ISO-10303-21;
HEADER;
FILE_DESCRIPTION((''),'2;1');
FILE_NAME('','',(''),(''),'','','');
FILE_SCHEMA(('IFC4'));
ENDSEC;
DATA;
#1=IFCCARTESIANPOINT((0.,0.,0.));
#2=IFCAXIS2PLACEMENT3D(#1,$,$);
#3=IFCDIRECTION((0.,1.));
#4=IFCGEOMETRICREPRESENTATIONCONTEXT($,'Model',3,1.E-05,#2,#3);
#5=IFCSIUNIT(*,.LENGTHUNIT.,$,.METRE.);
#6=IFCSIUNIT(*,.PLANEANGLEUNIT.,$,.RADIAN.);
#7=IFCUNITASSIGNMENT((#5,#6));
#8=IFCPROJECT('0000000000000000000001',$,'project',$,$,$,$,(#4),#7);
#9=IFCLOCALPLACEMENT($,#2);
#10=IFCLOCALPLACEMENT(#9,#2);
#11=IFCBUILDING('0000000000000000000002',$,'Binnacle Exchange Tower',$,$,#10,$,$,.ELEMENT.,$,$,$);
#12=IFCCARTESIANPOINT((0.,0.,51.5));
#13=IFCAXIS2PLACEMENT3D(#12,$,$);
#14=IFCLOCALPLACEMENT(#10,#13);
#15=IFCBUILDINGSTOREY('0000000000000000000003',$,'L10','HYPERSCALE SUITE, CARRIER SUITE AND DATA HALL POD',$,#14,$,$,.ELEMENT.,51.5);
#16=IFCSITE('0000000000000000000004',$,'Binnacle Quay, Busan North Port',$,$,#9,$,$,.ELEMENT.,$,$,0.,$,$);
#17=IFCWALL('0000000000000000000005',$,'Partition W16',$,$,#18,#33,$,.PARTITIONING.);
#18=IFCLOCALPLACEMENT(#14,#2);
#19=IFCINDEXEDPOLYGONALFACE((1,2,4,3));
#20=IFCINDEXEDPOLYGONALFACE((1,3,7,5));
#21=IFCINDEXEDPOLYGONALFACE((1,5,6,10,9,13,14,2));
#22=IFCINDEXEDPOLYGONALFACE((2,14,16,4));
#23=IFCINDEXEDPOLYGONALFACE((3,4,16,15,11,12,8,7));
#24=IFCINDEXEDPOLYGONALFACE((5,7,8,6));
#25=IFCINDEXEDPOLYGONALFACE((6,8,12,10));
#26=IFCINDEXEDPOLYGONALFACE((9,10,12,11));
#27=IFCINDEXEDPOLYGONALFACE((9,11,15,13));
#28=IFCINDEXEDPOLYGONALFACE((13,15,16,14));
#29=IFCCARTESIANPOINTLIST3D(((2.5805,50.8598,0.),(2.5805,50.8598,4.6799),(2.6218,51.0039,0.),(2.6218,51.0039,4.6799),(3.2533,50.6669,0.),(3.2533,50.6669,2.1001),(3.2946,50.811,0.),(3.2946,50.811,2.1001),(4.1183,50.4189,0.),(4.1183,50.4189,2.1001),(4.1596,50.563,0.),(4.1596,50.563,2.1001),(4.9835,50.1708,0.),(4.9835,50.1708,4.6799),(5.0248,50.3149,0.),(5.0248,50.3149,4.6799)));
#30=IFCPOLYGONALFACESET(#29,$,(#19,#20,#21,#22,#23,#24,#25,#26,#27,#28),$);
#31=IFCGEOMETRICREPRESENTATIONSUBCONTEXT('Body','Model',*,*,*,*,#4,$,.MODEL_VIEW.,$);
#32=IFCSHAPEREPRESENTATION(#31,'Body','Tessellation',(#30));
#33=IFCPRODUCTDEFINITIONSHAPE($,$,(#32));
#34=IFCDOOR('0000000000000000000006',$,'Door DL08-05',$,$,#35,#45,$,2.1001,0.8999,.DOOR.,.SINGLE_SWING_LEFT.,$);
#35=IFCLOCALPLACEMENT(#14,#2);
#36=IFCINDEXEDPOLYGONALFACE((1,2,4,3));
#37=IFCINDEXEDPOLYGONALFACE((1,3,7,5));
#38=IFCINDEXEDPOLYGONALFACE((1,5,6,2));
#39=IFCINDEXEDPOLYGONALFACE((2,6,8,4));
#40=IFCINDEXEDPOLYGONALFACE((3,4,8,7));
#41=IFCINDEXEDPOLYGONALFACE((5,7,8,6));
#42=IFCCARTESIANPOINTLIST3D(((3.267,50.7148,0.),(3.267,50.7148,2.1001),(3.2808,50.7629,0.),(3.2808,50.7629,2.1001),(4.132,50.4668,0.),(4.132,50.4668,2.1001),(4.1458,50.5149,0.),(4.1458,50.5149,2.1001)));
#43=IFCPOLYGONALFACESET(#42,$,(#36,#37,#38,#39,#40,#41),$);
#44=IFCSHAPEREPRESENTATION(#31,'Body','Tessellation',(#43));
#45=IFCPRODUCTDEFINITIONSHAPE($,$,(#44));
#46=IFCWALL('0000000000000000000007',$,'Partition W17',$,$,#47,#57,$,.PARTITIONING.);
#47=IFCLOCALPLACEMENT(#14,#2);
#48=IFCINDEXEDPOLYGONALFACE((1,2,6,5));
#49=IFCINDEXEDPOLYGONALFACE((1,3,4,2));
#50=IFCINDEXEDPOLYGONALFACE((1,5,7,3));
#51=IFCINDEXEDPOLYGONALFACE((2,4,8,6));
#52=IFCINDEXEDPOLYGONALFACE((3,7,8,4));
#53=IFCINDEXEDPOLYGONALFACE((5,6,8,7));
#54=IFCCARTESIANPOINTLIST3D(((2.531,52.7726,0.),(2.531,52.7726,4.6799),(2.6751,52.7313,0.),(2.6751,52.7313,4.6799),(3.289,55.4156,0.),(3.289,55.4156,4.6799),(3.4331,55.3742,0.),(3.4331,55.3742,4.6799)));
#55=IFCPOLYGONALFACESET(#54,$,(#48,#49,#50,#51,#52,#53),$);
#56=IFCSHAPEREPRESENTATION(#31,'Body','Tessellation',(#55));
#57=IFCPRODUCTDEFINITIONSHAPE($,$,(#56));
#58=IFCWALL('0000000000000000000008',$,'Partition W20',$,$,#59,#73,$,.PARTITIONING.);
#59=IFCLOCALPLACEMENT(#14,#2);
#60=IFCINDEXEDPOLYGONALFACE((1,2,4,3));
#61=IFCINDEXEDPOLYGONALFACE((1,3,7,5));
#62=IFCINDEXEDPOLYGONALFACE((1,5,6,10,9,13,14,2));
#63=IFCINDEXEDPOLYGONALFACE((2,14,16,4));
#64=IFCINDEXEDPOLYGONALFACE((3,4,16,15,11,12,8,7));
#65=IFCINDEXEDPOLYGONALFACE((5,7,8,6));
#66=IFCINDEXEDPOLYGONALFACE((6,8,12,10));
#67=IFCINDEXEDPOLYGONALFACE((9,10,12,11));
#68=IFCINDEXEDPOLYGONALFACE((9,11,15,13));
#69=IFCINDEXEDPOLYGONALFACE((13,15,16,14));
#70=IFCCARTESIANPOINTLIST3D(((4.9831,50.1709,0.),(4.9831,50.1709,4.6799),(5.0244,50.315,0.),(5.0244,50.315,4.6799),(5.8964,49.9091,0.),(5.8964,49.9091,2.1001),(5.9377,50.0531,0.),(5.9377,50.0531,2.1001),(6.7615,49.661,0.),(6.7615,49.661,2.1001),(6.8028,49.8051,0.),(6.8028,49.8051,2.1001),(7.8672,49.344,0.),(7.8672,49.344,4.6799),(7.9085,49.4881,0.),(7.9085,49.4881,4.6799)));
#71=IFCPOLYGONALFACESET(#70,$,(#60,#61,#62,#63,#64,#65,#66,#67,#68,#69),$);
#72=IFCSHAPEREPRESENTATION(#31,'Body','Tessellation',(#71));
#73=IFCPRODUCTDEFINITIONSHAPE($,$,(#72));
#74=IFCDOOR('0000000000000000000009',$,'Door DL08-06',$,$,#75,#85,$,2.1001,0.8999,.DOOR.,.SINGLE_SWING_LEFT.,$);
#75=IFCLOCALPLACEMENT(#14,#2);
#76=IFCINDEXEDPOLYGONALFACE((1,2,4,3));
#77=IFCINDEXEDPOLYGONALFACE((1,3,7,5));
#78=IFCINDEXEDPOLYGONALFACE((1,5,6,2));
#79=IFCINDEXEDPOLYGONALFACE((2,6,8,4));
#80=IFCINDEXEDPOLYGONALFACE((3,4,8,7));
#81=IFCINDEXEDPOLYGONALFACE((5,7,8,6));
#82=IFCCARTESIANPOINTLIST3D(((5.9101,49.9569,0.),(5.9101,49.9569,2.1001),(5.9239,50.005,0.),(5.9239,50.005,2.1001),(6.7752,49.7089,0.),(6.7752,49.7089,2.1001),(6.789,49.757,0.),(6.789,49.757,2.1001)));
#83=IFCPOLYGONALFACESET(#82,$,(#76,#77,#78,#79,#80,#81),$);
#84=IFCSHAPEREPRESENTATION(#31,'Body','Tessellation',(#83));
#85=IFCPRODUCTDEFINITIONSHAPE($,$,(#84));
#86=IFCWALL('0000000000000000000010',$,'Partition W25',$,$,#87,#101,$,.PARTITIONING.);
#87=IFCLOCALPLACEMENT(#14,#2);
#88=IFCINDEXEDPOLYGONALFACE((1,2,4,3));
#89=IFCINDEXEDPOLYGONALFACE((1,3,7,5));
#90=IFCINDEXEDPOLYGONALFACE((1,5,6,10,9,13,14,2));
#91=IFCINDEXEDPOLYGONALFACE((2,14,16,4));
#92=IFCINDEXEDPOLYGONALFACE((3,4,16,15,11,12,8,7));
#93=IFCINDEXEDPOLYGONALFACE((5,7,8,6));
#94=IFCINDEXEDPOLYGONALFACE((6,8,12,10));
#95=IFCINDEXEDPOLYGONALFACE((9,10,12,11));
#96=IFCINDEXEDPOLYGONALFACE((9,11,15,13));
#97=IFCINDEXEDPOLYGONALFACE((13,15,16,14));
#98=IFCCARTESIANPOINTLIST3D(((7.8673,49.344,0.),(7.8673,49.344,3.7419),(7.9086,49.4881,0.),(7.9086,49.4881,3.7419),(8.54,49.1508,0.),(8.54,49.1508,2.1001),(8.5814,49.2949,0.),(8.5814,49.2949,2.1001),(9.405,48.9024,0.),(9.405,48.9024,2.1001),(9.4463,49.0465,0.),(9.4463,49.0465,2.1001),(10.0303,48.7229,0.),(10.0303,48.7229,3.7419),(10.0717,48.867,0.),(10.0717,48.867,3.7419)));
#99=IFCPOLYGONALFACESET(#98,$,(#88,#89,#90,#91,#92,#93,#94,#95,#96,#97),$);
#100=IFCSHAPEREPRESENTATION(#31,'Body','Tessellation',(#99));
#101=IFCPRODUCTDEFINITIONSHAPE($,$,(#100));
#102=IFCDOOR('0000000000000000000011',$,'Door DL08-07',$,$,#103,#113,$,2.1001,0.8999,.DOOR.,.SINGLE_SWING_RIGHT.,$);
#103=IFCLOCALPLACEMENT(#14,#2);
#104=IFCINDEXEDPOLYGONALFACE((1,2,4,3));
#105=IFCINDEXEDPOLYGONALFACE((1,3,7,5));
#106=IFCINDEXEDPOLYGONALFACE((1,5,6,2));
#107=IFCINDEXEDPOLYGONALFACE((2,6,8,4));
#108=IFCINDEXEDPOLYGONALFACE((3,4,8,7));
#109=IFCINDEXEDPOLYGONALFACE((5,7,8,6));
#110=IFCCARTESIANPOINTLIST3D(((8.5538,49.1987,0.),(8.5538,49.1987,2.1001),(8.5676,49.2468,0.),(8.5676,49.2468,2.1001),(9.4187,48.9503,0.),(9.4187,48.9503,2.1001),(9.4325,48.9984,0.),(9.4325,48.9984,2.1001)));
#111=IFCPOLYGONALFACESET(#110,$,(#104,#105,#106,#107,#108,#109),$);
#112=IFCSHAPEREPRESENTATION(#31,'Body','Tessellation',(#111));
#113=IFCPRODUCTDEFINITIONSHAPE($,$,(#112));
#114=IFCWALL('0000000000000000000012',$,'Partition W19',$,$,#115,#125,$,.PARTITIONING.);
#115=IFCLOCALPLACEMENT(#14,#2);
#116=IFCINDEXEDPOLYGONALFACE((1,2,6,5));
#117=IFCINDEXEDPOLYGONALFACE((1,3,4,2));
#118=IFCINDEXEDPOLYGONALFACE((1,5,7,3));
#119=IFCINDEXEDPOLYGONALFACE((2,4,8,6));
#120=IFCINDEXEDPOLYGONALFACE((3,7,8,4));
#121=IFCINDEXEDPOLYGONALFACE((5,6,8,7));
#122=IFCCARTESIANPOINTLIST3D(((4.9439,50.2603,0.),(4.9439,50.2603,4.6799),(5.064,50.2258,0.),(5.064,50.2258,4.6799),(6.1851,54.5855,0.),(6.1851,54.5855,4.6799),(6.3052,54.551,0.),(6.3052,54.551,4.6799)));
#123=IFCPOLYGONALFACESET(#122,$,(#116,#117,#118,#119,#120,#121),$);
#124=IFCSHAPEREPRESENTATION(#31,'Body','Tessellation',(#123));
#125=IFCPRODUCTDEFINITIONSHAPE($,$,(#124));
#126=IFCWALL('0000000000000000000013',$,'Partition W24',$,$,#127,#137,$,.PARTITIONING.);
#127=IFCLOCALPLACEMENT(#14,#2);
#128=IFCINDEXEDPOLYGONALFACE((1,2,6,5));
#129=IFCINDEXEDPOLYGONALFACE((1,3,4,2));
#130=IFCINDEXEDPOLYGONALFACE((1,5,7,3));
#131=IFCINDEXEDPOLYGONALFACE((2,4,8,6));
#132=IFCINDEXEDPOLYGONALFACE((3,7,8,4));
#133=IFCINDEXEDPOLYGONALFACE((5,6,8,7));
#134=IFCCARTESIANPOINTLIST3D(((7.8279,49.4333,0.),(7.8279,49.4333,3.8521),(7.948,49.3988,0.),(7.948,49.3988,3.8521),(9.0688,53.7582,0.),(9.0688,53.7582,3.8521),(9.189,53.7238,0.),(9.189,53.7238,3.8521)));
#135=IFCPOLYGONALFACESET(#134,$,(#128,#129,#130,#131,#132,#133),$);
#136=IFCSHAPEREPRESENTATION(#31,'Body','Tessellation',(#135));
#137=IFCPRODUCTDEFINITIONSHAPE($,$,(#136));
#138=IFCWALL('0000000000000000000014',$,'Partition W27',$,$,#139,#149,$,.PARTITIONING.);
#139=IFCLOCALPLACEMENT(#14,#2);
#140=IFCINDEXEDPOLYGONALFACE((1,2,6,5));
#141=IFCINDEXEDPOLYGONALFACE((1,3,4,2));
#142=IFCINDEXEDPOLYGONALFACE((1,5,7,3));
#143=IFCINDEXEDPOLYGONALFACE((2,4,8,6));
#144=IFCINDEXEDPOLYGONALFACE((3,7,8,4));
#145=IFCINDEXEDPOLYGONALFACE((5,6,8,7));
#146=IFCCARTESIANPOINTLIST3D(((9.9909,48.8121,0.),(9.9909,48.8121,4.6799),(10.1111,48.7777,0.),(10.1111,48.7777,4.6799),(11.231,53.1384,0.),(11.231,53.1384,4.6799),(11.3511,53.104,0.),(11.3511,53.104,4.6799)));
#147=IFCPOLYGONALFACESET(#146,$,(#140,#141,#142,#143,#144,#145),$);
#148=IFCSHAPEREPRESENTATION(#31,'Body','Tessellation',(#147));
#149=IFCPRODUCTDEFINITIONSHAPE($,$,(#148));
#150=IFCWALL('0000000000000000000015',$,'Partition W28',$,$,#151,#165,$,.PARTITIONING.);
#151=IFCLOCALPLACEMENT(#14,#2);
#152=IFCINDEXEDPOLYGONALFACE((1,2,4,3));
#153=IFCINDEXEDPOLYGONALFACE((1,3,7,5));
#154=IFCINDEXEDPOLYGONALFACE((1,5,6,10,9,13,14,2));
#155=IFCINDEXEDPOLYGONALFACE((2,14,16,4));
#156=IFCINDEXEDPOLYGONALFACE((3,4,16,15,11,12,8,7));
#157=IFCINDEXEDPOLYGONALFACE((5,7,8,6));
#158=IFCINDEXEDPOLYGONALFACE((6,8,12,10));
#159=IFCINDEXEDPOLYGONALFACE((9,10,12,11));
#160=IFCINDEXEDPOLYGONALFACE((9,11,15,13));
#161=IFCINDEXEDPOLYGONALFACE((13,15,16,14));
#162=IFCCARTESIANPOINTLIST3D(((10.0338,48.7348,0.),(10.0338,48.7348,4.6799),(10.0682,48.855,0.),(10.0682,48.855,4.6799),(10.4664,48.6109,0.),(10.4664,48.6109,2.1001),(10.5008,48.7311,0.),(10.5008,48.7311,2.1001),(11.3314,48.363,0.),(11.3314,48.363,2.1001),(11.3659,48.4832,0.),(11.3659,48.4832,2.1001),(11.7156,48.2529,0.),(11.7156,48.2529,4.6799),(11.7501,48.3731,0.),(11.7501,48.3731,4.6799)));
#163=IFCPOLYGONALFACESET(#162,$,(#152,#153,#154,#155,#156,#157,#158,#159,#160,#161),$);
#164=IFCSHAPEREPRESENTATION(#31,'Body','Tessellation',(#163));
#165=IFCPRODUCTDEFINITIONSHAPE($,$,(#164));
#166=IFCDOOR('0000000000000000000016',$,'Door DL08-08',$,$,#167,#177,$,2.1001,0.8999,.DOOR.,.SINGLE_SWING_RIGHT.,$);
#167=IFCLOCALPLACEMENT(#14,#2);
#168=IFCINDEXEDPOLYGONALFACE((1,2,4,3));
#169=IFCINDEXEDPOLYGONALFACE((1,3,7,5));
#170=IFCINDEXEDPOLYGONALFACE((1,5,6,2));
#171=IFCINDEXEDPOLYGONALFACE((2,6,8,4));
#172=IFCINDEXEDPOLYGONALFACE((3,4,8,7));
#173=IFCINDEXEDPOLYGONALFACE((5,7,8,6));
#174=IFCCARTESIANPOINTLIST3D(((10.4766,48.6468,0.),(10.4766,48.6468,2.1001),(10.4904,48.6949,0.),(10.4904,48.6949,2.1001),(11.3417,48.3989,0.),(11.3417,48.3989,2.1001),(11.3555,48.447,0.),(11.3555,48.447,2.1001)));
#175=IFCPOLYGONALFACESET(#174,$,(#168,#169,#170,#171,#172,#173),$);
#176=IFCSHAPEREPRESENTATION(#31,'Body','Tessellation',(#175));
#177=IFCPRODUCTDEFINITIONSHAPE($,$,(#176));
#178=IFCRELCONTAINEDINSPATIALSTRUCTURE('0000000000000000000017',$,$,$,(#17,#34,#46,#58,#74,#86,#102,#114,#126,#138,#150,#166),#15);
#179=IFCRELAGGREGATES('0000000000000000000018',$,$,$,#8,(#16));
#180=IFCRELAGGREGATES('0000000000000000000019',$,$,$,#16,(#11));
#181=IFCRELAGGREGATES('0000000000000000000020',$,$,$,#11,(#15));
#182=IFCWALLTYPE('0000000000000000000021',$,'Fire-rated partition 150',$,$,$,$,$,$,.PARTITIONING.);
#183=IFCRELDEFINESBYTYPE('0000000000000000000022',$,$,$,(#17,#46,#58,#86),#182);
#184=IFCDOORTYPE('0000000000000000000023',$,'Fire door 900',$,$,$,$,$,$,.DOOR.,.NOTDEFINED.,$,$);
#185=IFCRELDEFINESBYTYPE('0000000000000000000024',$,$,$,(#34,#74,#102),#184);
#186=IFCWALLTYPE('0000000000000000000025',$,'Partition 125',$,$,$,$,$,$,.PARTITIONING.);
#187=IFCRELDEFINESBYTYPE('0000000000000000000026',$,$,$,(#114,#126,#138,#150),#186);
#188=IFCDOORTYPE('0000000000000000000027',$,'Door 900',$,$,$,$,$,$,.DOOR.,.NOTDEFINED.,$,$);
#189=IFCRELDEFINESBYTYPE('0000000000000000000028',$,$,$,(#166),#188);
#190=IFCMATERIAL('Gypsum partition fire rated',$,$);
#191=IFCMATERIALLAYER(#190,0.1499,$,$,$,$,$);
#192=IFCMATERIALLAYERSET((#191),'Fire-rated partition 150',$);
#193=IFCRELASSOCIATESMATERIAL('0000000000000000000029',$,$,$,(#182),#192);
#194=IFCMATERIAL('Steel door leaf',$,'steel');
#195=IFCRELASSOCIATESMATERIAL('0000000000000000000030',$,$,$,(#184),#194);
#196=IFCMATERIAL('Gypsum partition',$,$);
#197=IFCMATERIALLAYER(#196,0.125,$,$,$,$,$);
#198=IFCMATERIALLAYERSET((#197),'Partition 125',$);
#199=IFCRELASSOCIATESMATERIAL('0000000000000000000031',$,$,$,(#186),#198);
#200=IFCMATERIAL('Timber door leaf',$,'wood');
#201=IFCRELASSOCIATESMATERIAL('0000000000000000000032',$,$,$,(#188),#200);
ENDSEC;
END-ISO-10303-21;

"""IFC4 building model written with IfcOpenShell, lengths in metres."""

from ifc_helpers import new_model, si_unit, direction, frame, frame_2d, origin, place, context, subcontext, project, spatial, rectangle, extrude, material, layer, layer_set, type_object, element, fill, save


model = new_model("IFC4")

# Units and contexts
model_context = context("Model", 3, precision=1e-05, world=origin(), true_north=direction((0.0, 1.0)))
body_context = subcontext(model_context, "Body", "Model", "MODEL_VIEW")
ifc_project = project(units=[si_unit("LENGTHUNIT", "METRE"), si_unit("PLANEANGLEUNIT", "RADIAN")], contexts=[model_context])

# Site, building, storey
site_placement = place(None, origin())
site = spatial("IfcSite", under=ifc_project, at=site_placement, Name="Binnacle Quay, Busan North Port", CompositionType="ELEMENT", RefElevation=0.0)
building_placement = place(site_placement, origin())
building = spatial("IfcBuilding", under=site, at=building_placement, Name="Binnacle Exchange Tower", CompositionType="ELEMENT")
storey_placement = place(building_placement, frame((0.0, 0.0, 51.5)))
storey = spatial("IfcBuildingStorey", under=building, at=storey_placement, Name="L10", Description="HYPERSCALE SUITE, CARRIER SUITE AND DATA HALL POD", CompositionType="ELEMENT", Elevation=51.5)

# Shared definitions
ifc_material_1 = material(Name="Gypsum partition fire rated")
ifc_layer_1 = layer(ifc_material_1, 0.1499)
ifc_layer_set_1 = layer_set([ifc_layer_1], Name="Fire-rated partition 150")
wall_type_1 = type_object("IfcWallType", Name="Fire-rated partition 150", PredefinedType="PARTITIONING", material=ifc_layer_set_1)

# Wall, opening, door
wall_1_placement = place(storey_placement, frame((2.6011, 50.9319, 0.0), z_axis=(0.0, 0.0, 1.0), x_axis=(0.961266, -0.275624, 0.0)))
wall_1 = element("IfcWall", 1, at=wall_1_placement, inside=storey, type_object=wall_type_1, Name="Partition W16", PredefinedType="PARTITIONING", context=body_context, shape_type="SweptSolid", body=[
    extrude(rectangle(XDim=2.4998, YDim=0.1499, at=frame_2d((1.25, 0.0))), origin(), (0.0, 0.0, 1.0), 4.6799),
])
opening_1_placement = place(wall_1_placement, frame((0.7, 0.0, 0.0)))
opening_1 = element("IfcOpeningElement", 2, at=opening_1_placement, cuts=wall_1, PredefinedType="OPENING", context=body_context, shape_type="SweptSolid", body=[
    extrude(rectangle(XDim=0.8999, YDim=2.1001, at=frame_2d((0.45, 1.05))), frame((0.0, 0.085, 0.0), z_axis=(0.0, -1.0, 0.0), x_axis=(1.0, 0.0, 0.0)), (0.0, 0.0, 1.0), 0.1699),
])
ifc_material_2 = material(Name="Steel door leaf", Category="steel")
door_type_1 = type_object("IfcDoorType", Name="Fire door 900", OperationType="NOTDEFINED", PredefinedType="DOOR", material=ifc_material_2)
door_1_placement = place(opening_1_placement, origin())
door_1 = element("IfcDoor", 3, at=door_1_placement, inside=storey, type_object=door_type_1, Name="Door DL08-05", OperationType="SINGLE_SWING_LEFT", OverallHeight=2.1001, OverallWidth=0.8999, PredefinedType="DOOR", context=body_context, shape_type="SweptSolid", body=[
    extrude(rectangle(XDim=0.8999, YDim=2.1001, at=frame_2d((0.45, 1.05))), frame((0.0, 0.0249, 0.0), z_axis=(0.0, -1.0, 0.0), x_axis=(1.0, 0.0, 0.0)), (0.0, 0.0, 1.0), 0.05),
])
fill(opening_1, door_1)

# Wall
wall_2_placement = place(storey_placement, frame((2.603, 52.752, 0.0), z_axis=(0.0, 0.0, 1.0), x_axis=(0.275694, 0.961245, 0.0)))
element("IfcWall", 4, at=wall_2_placement, inside=storey, type_object=wall_type_1, Name="Partition W17", PredefinedType="PARTITIONING", context=body_context, shape_type="SweptSolid", body=[
    extrude(rectangle(XDim=2.7495, YDim=0.1499, at=frame_2d((1.3748, 0.0))), origin(), (0.0, 0.0, 1.0), 4.6799),
])

# Walls, openings, doors
wall_3_placement = place(storey_placement, frame((5.0039, 50.2429, 0.0), z_axis=(0.0, 0.0, 1.0), x_axis=(0.961269, -0.275613, 0.0)))
wall_3 = element("IfcWall", 5, at=wall_3_placement, inside=storey, type_object=wall_type_1, Name="Partition W20", PredefinedType="PARTITIONING", context=body_context, shape_type="SweptSolid", body=[
    extrude(rectangle(XDim=3.0002, YDim=0.1499, at=frame_2d((1.5, 0.0))), origin(), (0.0, 0.0, 1.0), 4.6799),
])
opening_2_placement = place(wall_3_placement, frame((0.95, 0.0, 0.0)))
opening_2 = element("IfcOpeningElement", 6, at=opening_2_placement, cuts=wall_3, PredefinedType="OPENING", context=body_context, shape_type="SweptSolid", body=[
    extrude(rectangle(XDim=0.8999, YDim=2.1001, at=frame_2d((0.45, 1.05))), frame((0.0, 0.085, 0.0), z_axis=(0.0, -1.0, 0.0), x_axis=(1.0, 0.0, 0.0)), (0.0, 0.0, 1.0), 0.1699),
])
door_2_placement = place(opening_2_placement, origin())
door_2 = element("IfcDoor", 7, at=door_2_placement, inside=storey, type_object=door_type_1, Name="Door DL08-06", OperationType="SINGLE_SWING_LEFT", OverallHeight=2.1001, OverallWidth=0.8999, PredefinedType="DOOR", context=body_context, shape_type="SweptSolid", body=[
    extrude(rectangle(XDim=0.8999, YDim=2.1001, at=frame_2d((0.45, 1.05))), frame((0.0, 0.0249, 0.0), z_axis=(0.0, -1.0, 0.0), x_axis=(1.0, 0.0, 0.0)), (0.0, 0.0, 1.0), 0.05),
])
fill(opening_2, door_2)
wall_4_placement = place(storey_placement, frame((7.8879, 49.416, 0.0), z_axis=(0.0, 0.0, 1.0), x_axis=(0.961163, -0.275982, 0.0)))
wall_4 = element("IfcWall", 8, at=wall_4_placement, inside=storey, type_object=wall_type_1, Name="Partition W25", PredefinedType="PARTITIONING", context=body_context, shape_type="SweptSolid", body=[
    extrude(rectangle(XDim=2.2505, YDim=0.1499, at=frame_2d((1.1252, 0.0))), origin(), (0.0, 0.0, 1.0), 3.7419),
])
opening_3_placement = place(wall_4_placement, frame((0.7, 0.0, 0.0)))
opening_3 = element("IfcOpeningElement", 9, at=opening_3_placement, cuts=wall_4, PredefinedType="OPENING", context=body_context, shape_type="SweptSolid", body=[
    extrude(rectangle(XDim=0.8999, YDim=2.1001, at=frame_2d((0.45, 1.05))), frame((0.0, 0.085, 0.0), z_axis=(0.0, -1.0, 0.0), x_axis=(1.0, 0.0, 0.0)), (0.0, 0.0, 1.0), 0.1699),
])
door_3_placement = place(opening_3_placement, origin())
door_3 = element("IfcDoor", 10, at=door_3_placement, inside=storey, type_object=door_type_1, Name="Door DL08-07", OperationType="SINGLE_SWING_RIGHT", OverallHeight=2.1001, OverallWidth=0.8999, PredefinedType="DOOR", context=body_context, shape_type="SweptSolid", body=[
    extrude(rectangle(XDim=0.8999, YDim=2.1001, at=frame_2d((0.45, 1.05))), frame((0.0, 0.0249, 0.0), z_axis=(0.0, -1.0, 0.0), x_axis=(1.0, 0.0, 0.0)), (0.0, 0.0, 1.0), 0.05),
])
fill(opening_3, door_3)

# Walls
ifc_material_3 = material(Name="Gypsum partition")
ifc_layer_2 = layer(ifc_material_3, 0.125)
ifc_layer_set_2 = layer_set([ifc_layer_2], Name="Partition 125")
wall_type_2 = type_object("IfcWallType", Name="Partition 125", PredefinedType="PARTITIONING", material=ifc_layer_set_2)
wall_5_placement = place(storey_placement, frame((5.0039, 50.2429, 0.0), z_axis=(0.0, 0.0, 1.0), x_axis=(0.275839, 0.961204, 0.0)))
element("IfcWall", 11, at=wall_5_placement, inside=storey, type_object=wall_type_2, Name="Partition W19", PredefinedType="PARTITIONING", context=body_context, shape_type="SweptSolid", body=[
    extrude(rectangle(XDim=4.4998, YDim=0.125, at=frame_2d((2.25, 0.0))), origin(), (0.0, 0.0, 1.0), 4.6799),
])
wall_6_placement = place(storey_placement, frame((7.8879, 49.416, 0.0), z_axis=(0.0, 0.0, 1.0), x_axis=(0.275803, 0.961214, 0.0)))
element("IfcWall", 12, at=wall_6_placement, inside=storey, type_object=wall_type_2, Name="Partition W24", PredefinedType="PARTITIONING", context=body_context, shape_type="SweptSolid", body=[
    extrude(rectangle(XDim=4.4995, YDim=0.125, at=frame_2d((2.2498, 0.0))), origin(), (0.0, 0.0, 1.0), 3.8521),
])
wall_7_placement = place(storey_placement, frame((10.051, 48.7949, 0.0), z_axis=(0.0, 0.0, 1.0), x_axis=(0.275531, 0.961292, 0.0)))
element("IfcWall", 13, at=wall_7_placement, inside=storey, type_object=wall_type_2, Name="Partition W27", PredefinedType="PARTITIONING", context=body_context, shape_type="SweptSolid", body=[
    extrude(rectangle(XDim=4.5005, YDim=0.125, at=frame_2d((2.2502, 0.0))), origin(), (0.0, 0.0, 1.0), 4.6799),
])

# Wall, opening, door
wall_8_placement = place(storey_placement, frame((10.051, 48.7949, 0.0), z_axis=(0.0, 0.0, 1.0), x_axis=(0.961313, -0.275458, 0.0)))
wall_8 = element("IfcWall", 14, at=wall_8_placement, inside=storey, type_object=wall_type_2, Name="Partition W28", PredefinedType="PARTITIONING", context=body_context, shape_type="SweptSolid", body=[
    extrude(rectangle(XDim=1.7495, YDim=0.125, at=frame_2d((0.8748, 0.0))), origin(), (0.0, 0.0, 1.0), 4.6799),
])
opening_4_placement = place(wall_8_placement, frame((0.45, 0.0, 0.0)))
opening_4 = element("IfcOpeningElement", 15, at=opening_4_placement, cuts=wall_8, PredefinedType="OPENING", context=body_context, shape_type="SweptSolid", body=[
    extrude(rectangle(XDim=0.8999, YDim=2.1001, at=frame_2d((0.45, 1.05))), frame((0.0, 0.0725, 0.0), z_axis=(0.0, -1.0, 0.0), x_axis=(1.0, 0.0, 0.0)), (0.0, 0.0, 1.0), 0.145),
])
ifc_material_4 = material(Name="Timber door leaf", Category="wood")
door_type_2 = type_object("IfcDoorType", Name="Door 900", OperationType="NOTDEFINED", PredefinedType="DOOR", material=ifc_material_4)
door_4_placement = place(opening_4_placement, origin())
door_4 = element("IfcDoor", 16, at=door_4_placement, inside=storey, type_object=door_type_2, Name="Door DL08-08", OperationType="SINGLE_SWING_RIGHT", OverallHeight=2.1001, OverallWidth=0.8999, PredefinedType="DOOR", context=body_context, shape_type="SweptSolid", body=[
    extrude(rectangle(XDim=0.8999, YDim=2.1001, at=frame_2d((0.45, 1.05))), frame((0.0, 0.0249, 0.0), z_axis=(0.0, -1.0, 0.0), x_axis=(1.0, 0.0, 0.0)), (0.0, 0.0, 1.0), 0.05),
])
fill(opening_4, door_4)

save(model, "model.ifc")
